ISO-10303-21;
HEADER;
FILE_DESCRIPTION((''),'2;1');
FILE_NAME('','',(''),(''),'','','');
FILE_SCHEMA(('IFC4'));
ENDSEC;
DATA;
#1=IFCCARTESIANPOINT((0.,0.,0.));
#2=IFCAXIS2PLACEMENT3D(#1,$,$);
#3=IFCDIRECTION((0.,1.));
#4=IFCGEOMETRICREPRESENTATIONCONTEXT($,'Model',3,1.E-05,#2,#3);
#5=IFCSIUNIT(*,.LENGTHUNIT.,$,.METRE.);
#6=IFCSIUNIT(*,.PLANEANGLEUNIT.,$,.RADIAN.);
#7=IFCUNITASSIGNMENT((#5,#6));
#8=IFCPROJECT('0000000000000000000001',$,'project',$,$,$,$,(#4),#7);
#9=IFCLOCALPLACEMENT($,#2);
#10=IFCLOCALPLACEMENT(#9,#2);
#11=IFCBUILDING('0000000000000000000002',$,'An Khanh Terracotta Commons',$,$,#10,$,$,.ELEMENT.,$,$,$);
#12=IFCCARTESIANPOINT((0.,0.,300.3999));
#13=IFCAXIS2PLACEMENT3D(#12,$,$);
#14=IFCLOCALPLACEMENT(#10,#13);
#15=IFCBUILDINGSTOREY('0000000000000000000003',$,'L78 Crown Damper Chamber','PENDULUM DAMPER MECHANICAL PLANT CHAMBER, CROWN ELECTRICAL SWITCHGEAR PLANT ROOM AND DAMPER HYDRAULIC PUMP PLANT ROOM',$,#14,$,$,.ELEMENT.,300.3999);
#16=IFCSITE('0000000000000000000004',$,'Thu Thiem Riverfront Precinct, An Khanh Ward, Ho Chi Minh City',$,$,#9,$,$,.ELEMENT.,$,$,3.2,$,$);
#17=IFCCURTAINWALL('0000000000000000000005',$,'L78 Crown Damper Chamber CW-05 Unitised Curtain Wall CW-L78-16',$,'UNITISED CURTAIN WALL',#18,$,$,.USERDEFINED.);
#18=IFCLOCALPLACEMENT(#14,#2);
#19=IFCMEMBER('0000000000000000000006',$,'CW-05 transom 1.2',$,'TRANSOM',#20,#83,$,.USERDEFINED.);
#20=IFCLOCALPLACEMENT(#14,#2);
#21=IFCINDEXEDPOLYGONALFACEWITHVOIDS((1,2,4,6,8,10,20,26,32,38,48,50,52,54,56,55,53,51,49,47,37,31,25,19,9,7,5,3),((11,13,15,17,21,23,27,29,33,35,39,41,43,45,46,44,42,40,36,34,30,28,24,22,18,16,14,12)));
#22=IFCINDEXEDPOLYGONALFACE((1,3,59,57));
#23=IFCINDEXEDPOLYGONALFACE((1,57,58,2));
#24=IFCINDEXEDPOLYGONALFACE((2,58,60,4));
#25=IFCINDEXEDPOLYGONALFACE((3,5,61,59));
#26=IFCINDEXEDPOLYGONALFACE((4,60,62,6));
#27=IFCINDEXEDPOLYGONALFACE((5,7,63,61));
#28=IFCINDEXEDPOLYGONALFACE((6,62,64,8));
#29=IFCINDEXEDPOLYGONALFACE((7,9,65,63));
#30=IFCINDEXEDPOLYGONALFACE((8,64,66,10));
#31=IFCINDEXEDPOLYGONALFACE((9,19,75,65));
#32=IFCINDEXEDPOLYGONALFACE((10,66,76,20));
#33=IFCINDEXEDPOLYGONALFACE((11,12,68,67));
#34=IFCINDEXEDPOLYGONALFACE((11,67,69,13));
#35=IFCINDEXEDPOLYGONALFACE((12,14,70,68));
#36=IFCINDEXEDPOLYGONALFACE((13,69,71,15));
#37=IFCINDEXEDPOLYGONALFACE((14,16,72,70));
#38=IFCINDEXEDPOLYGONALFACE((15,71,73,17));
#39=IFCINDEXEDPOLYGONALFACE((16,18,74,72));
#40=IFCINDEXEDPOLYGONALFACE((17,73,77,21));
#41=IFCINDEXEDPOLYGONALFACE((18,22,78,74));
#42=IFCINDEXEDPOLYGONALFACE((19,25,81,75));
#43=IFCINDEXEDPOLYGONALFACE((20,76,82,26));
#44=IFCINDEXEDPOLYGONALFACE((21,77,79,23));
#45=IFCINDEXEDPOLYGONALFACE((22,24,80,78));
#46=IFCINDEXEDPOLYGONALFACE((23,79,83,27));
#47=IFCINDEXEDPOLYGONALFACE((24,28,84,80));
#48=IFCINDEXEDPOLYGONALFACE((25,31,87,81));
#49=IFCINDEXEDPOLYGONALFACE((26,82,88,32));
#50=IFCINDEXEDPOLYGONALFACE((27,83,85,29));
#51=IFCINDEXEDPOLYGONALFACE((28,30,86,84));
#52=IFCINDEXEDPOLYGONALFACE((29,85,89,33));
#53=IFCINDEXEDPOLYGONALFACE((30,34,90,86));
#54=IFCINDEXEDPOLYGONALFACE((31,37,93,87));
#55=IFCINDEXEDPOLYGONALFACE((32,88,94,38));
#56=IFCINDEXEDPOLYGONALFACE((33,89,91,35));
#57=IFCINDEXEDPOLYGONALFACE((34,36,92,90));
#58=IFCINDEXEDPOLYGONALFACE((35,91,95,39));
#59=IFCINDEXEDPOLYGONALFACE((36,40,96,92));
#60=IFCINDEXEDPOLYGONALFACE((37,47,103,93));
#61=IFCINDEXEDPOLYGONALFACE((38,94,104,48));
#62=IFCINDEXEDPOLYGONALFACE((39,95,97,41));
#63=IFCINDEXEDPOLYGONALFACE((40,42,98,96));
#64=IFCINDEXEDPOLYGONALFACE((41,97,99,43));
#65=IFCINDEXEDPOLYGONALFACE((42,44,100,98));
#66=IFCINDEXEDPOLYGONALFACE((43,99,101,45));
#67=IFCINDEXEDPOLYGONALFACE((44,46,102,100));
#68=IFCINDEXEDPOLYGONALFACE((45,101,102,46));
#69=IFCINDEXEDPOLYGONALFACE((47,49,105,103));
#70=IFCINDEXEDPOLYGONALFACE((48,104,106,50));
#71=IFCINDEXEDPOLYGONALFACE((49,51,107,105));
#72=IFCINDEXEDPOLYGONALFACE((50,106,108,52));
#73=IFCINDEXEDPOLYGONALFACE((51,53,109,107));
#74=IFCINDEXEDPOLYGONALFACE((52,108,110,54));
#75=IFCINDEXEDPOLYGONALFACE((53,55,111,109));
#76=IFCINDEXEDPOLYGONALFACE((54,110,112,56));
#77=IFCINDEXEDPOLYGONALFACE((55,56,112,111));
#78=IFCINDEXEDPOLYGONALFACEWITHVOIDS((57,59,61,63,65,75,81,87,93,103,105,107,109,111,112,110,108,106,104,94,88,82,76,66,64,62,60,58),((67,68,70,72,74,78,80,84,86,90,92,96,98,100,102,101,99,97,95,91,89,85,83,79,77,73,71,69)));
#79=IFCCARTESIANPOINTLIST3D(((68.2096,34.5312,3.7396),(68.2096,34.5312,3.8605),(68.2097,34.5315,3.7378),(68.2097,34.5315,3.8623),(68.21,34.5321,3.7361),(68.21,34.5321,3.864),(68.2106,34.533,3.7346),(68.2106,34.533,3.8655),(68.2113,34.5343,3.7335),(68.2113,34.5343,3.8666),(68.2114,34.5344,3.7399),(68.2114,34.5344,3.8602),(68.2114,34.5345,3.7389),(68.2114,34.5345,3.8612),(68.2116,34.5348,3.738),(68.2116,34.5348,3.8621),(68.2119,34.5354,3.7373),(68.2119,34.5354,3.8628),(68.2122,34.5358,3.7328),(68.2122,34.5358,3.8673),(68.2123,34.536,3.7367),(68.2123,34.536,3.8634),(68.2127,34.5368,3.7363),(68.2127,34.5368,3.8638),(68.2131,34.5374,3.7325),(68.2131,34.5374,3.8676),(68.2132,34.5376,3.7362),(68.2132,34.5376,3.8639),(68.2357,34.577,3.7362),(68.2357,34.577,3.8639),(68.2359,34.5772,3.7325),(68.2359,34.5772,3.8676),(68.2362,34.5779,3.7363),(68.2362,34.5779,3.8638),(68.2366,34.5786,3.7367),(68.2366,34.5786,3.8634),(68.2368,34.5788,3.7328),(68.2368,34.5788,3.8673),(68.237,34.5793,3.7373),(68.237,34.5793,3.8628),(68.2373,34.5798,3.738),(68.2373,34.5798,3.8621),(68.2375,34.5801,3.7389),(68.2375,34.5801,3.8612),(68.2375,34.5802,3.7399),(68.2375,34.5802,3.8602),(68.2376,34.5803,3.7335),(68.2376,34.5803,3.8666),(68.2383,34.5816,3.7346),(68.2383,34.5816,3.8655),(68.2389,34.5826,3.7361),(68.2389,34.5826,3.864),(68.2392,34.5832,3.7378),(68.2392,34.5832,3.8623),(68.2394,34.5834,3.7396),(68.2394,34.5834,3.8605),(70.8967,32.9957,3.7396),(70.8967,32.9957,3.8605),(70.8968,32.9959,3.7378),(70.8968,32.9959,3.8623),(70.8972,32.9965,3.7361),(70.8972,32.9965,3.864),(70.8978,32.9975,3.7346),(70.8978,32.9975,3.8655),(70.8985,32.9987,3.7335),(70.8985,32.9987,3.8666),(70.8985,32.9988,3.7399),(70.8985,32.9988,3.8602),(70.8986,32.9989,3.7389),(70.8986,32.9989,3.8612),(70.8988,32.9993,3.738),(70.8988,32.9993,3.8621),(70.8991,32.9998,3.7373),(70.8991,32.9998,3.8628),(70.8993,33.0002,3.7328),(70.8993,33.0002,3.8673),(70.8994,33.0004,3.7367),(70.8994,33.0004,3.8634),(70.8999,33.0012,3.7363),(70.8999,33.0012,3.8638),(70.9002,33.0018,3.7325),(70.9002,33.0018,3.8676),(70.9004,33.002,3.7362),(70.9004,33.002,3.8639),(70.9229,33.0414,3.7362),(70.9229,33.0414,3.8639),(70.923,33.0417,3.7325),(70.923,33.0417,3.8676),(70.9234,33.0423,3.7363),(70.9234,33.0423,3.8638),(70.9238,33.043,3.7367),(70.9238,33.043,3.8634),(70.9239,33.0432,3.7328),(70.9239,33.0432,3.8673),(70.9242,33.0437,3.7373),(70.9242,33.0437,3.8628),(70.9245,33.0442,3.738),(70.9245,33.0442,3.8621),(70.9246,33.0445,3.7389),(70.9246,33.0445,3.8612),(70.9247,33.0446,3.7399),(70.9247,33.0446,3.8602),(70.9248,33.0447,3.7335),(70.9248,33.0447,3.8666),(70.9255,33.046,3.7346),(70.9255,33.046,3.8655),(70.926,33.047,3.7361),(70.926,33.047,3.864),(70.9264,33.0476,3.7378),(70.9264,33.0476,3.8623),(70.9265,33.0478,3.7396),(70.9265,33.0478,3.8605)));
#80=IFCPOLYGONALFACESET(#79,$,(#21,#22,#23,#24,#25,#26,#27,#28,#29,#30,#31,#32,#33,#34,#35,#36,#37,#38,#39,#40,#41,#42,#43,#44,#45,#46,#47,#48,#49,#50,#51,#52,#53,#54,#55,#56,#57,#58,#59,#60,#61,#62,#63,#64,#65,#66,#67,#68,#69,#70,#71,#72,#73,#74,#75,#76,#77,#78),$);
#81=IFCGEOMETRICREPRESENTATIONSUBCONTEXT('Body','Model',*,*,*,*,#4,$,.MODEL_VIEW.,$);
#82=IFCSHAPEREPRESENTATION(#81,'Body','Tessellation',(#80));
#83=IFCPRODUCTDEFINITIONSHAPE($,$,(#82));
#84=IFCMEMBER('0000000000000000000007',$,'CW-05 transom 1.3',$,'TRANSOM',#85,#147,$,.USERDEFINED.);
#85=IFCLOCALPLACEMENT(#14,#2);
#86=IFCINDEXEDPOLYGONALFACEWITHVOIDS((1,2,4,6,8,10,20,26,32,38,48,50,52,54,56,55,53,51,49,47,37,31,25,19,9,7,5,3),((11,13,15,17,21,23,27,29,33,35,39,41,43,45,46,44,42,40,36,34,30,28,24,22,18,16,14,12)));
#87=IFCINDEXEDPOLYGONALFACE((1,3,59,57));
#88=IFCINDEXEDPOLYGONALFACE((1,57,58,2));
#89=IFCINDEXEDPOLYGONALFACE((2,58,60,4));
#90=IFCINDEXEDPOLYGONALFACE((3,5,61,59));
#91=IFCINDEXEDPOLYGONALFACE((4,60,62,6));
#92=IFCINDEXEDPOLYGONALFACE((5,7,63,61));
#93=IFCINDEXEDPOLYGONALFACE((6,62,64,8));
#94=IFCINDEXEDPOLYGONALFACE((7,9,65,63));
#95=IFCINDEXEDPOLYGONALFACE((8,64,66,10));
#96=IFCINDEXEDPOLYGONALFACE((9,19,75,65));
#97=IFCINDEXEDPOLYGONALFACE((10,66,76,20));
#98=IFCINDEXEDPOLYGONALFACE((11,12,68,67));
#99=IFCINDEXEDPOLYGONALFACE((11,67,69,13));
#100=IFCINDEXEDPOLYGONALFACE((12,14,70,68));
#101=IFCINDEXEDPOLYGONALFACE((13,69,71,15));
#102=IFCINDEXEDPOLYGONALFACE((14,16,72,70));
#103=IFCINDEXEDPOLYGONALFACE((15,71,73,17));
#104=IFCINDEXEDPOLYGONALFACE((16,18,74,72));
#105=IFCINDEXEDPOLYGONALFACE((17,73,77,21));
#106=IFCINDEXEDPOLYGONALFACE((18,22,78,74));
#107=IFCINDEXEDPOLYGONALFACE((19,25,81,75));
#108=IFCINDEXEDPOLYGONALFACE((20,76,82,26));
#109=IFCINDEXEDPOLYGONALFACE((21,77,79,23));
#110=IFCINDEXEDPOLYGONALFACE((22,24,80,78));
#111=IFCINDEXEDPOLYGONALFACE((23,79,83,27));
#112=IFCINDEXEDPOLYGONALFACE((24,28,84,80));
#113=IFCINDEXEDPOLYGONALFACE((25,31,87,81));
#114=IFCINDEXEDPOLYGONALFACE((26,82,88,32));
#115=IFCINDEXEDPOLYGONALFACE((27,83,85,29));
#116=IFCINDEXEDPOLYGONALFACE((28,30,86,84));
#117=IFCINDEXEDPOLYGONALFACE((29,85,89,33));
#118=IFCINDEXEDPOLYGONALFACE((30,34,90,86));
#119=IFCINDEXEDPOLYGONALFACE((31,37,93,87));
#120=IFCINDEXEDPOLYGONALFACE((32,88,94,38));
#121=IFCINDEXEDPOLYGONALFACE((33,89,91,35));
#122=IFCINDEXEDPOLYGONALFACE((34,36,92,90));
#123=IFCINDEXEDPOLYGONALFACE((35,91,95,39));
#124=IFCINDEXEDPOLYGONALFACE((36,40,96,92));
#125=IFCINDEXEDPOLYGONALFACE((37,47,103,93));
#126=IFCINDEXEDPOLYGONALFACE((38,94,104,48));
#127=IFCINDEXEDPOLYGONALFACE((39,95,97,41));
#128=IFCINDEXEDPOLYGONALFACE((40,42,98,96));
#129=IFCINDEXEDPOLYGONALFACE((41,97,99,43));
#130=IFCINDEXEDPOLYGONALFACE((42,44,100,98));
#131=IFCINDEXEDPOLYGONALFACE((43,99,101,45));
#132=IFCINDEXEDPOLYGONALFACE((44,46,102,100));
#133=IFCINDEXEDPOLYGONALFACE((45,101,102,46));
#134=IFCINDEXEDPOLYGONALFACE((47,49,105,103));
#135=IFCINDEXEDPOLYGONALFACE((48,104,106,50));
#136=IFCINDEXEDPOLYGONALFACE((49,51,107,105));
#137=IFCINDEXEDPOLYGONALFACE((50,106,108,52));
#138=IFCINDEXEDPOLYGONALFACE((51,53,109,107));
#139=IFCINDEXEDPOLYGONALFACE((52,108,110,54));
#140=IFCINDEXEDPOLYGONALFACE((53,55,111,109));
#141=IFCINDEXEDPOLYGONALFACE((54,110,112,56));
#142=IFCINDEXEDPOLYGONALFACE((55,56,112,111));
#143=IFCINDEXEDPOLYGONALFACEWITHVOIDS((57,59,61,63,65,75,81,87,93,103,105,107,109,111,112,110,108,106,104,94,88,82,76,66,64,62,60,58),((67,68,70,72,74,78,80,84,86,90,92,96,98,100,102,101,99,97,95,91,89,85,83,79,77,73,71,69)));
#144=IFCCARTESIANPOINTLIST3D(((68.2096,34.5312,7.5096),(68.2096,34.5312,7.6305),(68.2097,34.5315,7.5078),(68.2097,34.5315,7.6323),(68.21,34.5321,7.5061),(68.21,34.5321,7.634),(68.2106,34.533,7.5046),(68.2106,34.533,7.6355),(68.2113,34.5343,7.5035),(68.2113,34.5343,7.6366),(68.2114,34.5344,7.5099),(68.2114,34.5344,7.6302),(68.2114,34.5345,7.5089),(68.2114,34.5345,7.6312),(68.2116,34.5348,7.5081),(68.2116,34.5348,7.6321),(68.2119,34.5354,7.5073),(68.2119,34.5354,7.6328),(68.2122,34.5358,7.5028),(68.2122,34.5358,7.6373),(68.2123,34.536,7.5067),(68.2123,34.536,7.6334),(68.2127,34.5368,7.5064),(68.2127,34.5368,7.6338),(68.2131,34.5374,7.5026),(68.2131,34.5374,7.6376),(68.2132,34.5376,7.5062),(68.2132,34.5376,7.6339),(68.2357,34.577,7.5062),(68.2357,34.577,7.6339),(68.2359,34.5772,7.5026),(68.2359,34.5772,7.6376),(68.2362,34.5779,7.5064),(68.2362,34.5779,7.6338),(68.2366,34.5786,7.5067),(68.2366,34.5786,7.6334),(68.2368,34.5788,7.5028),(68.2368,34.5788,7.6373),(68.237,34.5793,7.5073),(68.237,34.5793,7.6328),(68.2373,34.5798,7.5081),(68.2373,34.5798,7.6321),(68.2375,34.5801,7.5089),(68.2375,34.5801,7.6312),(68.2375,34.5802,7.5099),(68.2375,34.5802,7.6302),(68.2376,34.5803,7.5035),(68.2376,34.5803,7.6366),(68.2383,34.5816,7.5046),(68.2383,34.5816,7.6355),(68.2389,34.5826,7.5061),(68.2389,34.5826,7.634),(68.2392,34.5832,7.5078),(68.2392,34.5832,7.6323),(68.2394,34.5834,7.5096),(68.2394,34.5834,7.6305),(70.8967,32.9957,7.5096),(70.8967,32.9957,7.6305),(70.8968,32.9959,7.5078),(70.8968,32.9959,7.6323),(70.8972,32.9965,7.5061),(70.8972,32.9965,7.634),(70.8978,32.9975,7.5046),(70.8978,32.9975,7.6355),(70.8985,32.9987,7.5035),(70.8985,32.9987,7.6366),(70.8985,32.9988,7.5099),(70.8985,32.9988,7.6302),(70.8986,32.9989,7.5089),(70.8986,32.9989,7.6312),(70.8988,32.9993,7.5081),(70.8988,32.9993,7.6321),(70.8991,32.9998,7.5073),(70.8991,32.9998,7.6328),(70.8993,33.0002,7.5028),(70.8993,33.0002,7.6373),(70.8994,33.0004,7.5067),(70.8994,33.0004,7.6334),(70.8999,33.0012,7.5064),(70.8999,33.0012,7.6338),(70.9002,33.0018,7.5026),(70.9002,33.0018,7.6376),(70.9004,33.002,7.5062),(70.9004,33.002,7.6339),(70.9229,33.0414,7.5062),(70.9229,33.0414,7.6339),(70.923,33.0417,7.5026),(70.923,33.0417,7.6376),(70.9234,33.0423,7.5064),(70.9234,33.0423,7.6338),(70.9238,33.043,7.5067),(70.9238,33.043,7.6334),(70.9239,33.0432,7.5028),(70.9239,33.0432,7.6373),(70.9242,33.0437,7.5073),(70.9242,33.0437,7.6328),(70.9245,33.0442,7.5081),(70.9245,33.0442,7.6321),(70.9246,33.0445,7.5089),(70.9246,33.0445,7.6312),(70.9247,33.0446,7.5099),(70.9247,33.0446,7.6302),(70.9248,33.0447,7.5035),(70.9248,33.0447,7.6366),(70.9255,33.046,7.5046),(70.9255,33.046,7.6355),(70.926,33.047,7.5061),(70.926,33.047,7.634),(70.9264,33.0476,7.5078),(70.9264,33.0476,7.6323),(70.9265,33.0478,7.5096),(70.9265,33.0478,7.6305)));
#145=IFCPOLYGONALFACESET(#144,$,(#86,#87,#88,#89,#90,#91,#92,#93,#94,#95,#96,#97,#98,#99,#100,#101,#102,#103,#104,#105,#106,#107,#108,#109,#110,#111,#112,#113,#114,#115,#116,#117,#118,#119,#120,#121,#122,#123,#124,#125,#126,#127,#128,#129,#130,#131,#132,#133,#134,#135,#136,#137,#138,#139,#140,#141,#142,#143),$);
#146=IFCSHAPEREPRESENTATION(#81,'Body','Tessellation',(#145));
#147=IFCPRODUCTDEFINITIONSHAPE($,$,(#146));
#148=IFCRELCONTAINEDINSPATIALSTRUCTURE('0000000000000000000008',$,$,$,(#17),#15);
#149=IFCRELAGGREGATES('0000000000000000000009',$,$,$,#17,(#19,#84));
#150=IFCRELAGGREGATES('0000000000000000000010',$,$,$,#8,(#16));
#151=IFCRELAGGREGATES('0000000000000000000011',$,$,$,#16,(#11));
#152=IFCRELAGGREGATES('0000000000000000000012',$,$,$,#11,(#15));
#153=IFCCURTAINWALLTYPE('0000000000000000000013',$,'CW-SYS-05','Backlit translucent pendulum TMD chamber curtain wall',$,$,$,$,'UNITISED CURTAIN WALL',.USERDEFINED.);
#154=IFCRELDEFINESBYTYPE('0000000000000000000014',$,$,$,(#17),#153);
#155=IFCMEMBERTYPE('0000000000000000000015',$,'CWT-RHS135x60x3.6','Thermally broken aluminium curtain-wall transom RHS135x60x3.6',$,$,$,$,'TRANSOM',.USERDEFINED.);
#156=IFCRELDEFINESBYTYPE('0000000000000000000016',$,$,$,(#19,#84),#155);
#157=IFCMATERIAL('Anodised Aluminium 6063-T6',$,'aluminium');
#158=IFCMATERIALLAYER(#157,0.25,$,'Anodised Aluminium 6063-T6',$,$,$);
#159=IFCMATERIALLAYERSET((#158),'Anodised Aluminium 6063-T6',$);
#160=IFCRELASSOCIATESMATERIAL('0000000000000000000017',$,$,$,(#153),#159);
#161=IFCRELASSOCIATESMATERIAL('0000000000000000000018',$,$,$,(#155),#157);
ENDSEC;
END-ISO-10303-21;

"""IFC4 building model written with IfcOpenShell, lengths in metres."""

from ifc_helpers import new_model, si_unit, direction, frame, origin, origin_2d, place, context, subcontext, project, spatial, hollow_rectangle, extrude, material, layer, layer_set, material_profile, profile_set, type_object, element, aggregate, save


model = new_model("IFC4")

# Units and contexts
model_context = context("Model", 3, precision=1e-05, world=origin(), true_north=direction((0.0, 1.0)))
body_context = subcontext(model_context, "Body", "Model", "MODEL_VIEW")
ifc_project = project(units=[si_unit("LENGTHUNIT", "METRE"), si_unit("PLANEANGLEUNIT", "RADIAN")], contexts=[model_context])

# Site, building, storey
site_placement = place(None, origin())
site = spatial("IfcSite", under=ifc_project, at=site_placement, Name="Thu Thiem Riverfront Precinct, An Khanh Ward, Ho Chi Minh City", CompositionType="ELEMENT", RefElevation=3.2)
building_placement = place(site_placement, origin())
building = spatial("IfcBuilding", under=site, at=building_placement, Name="An Khanh Terracotta Commons", CompositionType="ELEMENT")
storey_placement = place(building_placement, frame((0.0, 0.0, 300.3999)))
storey = spatial("IfcBuildingStorey", under=building, at=storey_placement, Name="L78 Crown Damper Chamber", Description="PENDULUM DAMPER MECHANICAL PLANT CHAMBER, CROWN ELECTRICAL SWITCHGEAR PLANT ROOM AND DAMPER HYDRAULIC PUMP PLANT ROOM", CompositionType="ELEMENT", Elevation=300.3999)

# Curtain wall
ifc_material_1 = material(Name="Anodised Aluminium 6063-T6", Category="aluminium")
ifc_layer_1 = layer(ifc_material_1, 0.25, Name="Anodised Aluminium 6063-T6")
ifc_layer_set_1 = layer_set([ifc_layer_1], Name="Anodised Aluminium 6063-T6")
curtain_wall_type = type_object("IfcCurtainWallType", Name="CW-SYS-05", Description="Backlit translucent pendulum TMD chamber curtain wall", ElementType="UNITISED CURTAIN WALL", PredefinedType="USERDEFINED", material=ifc_layer_set_1)
curtain_wall_1_placement = place(storey_placement, origin())
curtain_wall_1 = element("IfcCurtainWall", 1, at=curtain_wall_1_placement, inside=storey, type_object=curtain_wall_type, Name="L78 Crown Damper Chamber CW-05 Unitised Curtain Wall CW-L78-16", ObjectType="UNITISED CURTAIN WALL", PredefinedType="USERDEFINED")

# Members
ifc_material_profile_1 = material_profile(ifc_material_1, hollow_rectangle(XDim=0.0601, YDim=0.135, WallThickness=0.0037, InnerFilletRadius=0.0037, OuterFilletRadius=0.0071, at=origin_2d()), Name="RHS135x60x3.6")
ifc_profile_set_1 = profile_set([ifc_material_profile_1], Name="Anodised Aluminium 6063-T6")
member_type_1 = type_object("IfcMemberType", Name="CWT-RHS135x60x3.6", Description="Thermally broken aluminium curtain-wall transom RHS135x60x3.6", ElementType="TRANSOM", PredefinedType="USERDEFINED", material=ifc_profile_set_1)
member_1_placement = place(storey_placement, frame((70.9116, 33.0217, 3.8), z_axis=(-0.868233, 0.496156, 0.0), x_axis=(-0.496156, -0.868233, 0.0)))
member_1 = element("IfcMember", 2, at=member_1_placement, type_object=member_type_1, Name="CW-05 transom 1.2", ObjectType="TRANSOM", PredefinedType="USERDEFINED", context=body_context, shape_type="SweptSolid", body=[
    extrude(hollow_rectangle(XDim=0.0601, YDim=0.135, WallThickness=0.0037, InnerFilletRadius=0.0037, OuterFilletRadius=0.0071, at=origin_2d()), origin(), (0.0, 0.0, 1.0), 3.095),
])
member_2_placement = place(storey_placement, frame((70.9116, 33.0217, 7.5701), z_axis=(-0.868233, 0.496156, 0.0), x_axis=(-0.496156, -0.868233, 0.0)))
member_2 = element("IfcMember", 3, at=member_2_placement, type_object=member_type_1, Name="CW-05 transom 1.3", ObjectType="TRANSOM", PredefinedType="USERDEFINED", context=body_context, shape_type="SweptSolid", body=[
    extrude(hollow_rectangle(XDim=0.0601, YDim=0.135, WallThickness=0.0037, InnerFilletRadius=0.0037, OuterFilletRadius=0.0071, at=origin_2d()), origin(), (0.0, 0.0, 1.0), 3.095),
])

aggregate(curtain_wall_1, [member_1, member_2])

save(model, "model.ifc")
